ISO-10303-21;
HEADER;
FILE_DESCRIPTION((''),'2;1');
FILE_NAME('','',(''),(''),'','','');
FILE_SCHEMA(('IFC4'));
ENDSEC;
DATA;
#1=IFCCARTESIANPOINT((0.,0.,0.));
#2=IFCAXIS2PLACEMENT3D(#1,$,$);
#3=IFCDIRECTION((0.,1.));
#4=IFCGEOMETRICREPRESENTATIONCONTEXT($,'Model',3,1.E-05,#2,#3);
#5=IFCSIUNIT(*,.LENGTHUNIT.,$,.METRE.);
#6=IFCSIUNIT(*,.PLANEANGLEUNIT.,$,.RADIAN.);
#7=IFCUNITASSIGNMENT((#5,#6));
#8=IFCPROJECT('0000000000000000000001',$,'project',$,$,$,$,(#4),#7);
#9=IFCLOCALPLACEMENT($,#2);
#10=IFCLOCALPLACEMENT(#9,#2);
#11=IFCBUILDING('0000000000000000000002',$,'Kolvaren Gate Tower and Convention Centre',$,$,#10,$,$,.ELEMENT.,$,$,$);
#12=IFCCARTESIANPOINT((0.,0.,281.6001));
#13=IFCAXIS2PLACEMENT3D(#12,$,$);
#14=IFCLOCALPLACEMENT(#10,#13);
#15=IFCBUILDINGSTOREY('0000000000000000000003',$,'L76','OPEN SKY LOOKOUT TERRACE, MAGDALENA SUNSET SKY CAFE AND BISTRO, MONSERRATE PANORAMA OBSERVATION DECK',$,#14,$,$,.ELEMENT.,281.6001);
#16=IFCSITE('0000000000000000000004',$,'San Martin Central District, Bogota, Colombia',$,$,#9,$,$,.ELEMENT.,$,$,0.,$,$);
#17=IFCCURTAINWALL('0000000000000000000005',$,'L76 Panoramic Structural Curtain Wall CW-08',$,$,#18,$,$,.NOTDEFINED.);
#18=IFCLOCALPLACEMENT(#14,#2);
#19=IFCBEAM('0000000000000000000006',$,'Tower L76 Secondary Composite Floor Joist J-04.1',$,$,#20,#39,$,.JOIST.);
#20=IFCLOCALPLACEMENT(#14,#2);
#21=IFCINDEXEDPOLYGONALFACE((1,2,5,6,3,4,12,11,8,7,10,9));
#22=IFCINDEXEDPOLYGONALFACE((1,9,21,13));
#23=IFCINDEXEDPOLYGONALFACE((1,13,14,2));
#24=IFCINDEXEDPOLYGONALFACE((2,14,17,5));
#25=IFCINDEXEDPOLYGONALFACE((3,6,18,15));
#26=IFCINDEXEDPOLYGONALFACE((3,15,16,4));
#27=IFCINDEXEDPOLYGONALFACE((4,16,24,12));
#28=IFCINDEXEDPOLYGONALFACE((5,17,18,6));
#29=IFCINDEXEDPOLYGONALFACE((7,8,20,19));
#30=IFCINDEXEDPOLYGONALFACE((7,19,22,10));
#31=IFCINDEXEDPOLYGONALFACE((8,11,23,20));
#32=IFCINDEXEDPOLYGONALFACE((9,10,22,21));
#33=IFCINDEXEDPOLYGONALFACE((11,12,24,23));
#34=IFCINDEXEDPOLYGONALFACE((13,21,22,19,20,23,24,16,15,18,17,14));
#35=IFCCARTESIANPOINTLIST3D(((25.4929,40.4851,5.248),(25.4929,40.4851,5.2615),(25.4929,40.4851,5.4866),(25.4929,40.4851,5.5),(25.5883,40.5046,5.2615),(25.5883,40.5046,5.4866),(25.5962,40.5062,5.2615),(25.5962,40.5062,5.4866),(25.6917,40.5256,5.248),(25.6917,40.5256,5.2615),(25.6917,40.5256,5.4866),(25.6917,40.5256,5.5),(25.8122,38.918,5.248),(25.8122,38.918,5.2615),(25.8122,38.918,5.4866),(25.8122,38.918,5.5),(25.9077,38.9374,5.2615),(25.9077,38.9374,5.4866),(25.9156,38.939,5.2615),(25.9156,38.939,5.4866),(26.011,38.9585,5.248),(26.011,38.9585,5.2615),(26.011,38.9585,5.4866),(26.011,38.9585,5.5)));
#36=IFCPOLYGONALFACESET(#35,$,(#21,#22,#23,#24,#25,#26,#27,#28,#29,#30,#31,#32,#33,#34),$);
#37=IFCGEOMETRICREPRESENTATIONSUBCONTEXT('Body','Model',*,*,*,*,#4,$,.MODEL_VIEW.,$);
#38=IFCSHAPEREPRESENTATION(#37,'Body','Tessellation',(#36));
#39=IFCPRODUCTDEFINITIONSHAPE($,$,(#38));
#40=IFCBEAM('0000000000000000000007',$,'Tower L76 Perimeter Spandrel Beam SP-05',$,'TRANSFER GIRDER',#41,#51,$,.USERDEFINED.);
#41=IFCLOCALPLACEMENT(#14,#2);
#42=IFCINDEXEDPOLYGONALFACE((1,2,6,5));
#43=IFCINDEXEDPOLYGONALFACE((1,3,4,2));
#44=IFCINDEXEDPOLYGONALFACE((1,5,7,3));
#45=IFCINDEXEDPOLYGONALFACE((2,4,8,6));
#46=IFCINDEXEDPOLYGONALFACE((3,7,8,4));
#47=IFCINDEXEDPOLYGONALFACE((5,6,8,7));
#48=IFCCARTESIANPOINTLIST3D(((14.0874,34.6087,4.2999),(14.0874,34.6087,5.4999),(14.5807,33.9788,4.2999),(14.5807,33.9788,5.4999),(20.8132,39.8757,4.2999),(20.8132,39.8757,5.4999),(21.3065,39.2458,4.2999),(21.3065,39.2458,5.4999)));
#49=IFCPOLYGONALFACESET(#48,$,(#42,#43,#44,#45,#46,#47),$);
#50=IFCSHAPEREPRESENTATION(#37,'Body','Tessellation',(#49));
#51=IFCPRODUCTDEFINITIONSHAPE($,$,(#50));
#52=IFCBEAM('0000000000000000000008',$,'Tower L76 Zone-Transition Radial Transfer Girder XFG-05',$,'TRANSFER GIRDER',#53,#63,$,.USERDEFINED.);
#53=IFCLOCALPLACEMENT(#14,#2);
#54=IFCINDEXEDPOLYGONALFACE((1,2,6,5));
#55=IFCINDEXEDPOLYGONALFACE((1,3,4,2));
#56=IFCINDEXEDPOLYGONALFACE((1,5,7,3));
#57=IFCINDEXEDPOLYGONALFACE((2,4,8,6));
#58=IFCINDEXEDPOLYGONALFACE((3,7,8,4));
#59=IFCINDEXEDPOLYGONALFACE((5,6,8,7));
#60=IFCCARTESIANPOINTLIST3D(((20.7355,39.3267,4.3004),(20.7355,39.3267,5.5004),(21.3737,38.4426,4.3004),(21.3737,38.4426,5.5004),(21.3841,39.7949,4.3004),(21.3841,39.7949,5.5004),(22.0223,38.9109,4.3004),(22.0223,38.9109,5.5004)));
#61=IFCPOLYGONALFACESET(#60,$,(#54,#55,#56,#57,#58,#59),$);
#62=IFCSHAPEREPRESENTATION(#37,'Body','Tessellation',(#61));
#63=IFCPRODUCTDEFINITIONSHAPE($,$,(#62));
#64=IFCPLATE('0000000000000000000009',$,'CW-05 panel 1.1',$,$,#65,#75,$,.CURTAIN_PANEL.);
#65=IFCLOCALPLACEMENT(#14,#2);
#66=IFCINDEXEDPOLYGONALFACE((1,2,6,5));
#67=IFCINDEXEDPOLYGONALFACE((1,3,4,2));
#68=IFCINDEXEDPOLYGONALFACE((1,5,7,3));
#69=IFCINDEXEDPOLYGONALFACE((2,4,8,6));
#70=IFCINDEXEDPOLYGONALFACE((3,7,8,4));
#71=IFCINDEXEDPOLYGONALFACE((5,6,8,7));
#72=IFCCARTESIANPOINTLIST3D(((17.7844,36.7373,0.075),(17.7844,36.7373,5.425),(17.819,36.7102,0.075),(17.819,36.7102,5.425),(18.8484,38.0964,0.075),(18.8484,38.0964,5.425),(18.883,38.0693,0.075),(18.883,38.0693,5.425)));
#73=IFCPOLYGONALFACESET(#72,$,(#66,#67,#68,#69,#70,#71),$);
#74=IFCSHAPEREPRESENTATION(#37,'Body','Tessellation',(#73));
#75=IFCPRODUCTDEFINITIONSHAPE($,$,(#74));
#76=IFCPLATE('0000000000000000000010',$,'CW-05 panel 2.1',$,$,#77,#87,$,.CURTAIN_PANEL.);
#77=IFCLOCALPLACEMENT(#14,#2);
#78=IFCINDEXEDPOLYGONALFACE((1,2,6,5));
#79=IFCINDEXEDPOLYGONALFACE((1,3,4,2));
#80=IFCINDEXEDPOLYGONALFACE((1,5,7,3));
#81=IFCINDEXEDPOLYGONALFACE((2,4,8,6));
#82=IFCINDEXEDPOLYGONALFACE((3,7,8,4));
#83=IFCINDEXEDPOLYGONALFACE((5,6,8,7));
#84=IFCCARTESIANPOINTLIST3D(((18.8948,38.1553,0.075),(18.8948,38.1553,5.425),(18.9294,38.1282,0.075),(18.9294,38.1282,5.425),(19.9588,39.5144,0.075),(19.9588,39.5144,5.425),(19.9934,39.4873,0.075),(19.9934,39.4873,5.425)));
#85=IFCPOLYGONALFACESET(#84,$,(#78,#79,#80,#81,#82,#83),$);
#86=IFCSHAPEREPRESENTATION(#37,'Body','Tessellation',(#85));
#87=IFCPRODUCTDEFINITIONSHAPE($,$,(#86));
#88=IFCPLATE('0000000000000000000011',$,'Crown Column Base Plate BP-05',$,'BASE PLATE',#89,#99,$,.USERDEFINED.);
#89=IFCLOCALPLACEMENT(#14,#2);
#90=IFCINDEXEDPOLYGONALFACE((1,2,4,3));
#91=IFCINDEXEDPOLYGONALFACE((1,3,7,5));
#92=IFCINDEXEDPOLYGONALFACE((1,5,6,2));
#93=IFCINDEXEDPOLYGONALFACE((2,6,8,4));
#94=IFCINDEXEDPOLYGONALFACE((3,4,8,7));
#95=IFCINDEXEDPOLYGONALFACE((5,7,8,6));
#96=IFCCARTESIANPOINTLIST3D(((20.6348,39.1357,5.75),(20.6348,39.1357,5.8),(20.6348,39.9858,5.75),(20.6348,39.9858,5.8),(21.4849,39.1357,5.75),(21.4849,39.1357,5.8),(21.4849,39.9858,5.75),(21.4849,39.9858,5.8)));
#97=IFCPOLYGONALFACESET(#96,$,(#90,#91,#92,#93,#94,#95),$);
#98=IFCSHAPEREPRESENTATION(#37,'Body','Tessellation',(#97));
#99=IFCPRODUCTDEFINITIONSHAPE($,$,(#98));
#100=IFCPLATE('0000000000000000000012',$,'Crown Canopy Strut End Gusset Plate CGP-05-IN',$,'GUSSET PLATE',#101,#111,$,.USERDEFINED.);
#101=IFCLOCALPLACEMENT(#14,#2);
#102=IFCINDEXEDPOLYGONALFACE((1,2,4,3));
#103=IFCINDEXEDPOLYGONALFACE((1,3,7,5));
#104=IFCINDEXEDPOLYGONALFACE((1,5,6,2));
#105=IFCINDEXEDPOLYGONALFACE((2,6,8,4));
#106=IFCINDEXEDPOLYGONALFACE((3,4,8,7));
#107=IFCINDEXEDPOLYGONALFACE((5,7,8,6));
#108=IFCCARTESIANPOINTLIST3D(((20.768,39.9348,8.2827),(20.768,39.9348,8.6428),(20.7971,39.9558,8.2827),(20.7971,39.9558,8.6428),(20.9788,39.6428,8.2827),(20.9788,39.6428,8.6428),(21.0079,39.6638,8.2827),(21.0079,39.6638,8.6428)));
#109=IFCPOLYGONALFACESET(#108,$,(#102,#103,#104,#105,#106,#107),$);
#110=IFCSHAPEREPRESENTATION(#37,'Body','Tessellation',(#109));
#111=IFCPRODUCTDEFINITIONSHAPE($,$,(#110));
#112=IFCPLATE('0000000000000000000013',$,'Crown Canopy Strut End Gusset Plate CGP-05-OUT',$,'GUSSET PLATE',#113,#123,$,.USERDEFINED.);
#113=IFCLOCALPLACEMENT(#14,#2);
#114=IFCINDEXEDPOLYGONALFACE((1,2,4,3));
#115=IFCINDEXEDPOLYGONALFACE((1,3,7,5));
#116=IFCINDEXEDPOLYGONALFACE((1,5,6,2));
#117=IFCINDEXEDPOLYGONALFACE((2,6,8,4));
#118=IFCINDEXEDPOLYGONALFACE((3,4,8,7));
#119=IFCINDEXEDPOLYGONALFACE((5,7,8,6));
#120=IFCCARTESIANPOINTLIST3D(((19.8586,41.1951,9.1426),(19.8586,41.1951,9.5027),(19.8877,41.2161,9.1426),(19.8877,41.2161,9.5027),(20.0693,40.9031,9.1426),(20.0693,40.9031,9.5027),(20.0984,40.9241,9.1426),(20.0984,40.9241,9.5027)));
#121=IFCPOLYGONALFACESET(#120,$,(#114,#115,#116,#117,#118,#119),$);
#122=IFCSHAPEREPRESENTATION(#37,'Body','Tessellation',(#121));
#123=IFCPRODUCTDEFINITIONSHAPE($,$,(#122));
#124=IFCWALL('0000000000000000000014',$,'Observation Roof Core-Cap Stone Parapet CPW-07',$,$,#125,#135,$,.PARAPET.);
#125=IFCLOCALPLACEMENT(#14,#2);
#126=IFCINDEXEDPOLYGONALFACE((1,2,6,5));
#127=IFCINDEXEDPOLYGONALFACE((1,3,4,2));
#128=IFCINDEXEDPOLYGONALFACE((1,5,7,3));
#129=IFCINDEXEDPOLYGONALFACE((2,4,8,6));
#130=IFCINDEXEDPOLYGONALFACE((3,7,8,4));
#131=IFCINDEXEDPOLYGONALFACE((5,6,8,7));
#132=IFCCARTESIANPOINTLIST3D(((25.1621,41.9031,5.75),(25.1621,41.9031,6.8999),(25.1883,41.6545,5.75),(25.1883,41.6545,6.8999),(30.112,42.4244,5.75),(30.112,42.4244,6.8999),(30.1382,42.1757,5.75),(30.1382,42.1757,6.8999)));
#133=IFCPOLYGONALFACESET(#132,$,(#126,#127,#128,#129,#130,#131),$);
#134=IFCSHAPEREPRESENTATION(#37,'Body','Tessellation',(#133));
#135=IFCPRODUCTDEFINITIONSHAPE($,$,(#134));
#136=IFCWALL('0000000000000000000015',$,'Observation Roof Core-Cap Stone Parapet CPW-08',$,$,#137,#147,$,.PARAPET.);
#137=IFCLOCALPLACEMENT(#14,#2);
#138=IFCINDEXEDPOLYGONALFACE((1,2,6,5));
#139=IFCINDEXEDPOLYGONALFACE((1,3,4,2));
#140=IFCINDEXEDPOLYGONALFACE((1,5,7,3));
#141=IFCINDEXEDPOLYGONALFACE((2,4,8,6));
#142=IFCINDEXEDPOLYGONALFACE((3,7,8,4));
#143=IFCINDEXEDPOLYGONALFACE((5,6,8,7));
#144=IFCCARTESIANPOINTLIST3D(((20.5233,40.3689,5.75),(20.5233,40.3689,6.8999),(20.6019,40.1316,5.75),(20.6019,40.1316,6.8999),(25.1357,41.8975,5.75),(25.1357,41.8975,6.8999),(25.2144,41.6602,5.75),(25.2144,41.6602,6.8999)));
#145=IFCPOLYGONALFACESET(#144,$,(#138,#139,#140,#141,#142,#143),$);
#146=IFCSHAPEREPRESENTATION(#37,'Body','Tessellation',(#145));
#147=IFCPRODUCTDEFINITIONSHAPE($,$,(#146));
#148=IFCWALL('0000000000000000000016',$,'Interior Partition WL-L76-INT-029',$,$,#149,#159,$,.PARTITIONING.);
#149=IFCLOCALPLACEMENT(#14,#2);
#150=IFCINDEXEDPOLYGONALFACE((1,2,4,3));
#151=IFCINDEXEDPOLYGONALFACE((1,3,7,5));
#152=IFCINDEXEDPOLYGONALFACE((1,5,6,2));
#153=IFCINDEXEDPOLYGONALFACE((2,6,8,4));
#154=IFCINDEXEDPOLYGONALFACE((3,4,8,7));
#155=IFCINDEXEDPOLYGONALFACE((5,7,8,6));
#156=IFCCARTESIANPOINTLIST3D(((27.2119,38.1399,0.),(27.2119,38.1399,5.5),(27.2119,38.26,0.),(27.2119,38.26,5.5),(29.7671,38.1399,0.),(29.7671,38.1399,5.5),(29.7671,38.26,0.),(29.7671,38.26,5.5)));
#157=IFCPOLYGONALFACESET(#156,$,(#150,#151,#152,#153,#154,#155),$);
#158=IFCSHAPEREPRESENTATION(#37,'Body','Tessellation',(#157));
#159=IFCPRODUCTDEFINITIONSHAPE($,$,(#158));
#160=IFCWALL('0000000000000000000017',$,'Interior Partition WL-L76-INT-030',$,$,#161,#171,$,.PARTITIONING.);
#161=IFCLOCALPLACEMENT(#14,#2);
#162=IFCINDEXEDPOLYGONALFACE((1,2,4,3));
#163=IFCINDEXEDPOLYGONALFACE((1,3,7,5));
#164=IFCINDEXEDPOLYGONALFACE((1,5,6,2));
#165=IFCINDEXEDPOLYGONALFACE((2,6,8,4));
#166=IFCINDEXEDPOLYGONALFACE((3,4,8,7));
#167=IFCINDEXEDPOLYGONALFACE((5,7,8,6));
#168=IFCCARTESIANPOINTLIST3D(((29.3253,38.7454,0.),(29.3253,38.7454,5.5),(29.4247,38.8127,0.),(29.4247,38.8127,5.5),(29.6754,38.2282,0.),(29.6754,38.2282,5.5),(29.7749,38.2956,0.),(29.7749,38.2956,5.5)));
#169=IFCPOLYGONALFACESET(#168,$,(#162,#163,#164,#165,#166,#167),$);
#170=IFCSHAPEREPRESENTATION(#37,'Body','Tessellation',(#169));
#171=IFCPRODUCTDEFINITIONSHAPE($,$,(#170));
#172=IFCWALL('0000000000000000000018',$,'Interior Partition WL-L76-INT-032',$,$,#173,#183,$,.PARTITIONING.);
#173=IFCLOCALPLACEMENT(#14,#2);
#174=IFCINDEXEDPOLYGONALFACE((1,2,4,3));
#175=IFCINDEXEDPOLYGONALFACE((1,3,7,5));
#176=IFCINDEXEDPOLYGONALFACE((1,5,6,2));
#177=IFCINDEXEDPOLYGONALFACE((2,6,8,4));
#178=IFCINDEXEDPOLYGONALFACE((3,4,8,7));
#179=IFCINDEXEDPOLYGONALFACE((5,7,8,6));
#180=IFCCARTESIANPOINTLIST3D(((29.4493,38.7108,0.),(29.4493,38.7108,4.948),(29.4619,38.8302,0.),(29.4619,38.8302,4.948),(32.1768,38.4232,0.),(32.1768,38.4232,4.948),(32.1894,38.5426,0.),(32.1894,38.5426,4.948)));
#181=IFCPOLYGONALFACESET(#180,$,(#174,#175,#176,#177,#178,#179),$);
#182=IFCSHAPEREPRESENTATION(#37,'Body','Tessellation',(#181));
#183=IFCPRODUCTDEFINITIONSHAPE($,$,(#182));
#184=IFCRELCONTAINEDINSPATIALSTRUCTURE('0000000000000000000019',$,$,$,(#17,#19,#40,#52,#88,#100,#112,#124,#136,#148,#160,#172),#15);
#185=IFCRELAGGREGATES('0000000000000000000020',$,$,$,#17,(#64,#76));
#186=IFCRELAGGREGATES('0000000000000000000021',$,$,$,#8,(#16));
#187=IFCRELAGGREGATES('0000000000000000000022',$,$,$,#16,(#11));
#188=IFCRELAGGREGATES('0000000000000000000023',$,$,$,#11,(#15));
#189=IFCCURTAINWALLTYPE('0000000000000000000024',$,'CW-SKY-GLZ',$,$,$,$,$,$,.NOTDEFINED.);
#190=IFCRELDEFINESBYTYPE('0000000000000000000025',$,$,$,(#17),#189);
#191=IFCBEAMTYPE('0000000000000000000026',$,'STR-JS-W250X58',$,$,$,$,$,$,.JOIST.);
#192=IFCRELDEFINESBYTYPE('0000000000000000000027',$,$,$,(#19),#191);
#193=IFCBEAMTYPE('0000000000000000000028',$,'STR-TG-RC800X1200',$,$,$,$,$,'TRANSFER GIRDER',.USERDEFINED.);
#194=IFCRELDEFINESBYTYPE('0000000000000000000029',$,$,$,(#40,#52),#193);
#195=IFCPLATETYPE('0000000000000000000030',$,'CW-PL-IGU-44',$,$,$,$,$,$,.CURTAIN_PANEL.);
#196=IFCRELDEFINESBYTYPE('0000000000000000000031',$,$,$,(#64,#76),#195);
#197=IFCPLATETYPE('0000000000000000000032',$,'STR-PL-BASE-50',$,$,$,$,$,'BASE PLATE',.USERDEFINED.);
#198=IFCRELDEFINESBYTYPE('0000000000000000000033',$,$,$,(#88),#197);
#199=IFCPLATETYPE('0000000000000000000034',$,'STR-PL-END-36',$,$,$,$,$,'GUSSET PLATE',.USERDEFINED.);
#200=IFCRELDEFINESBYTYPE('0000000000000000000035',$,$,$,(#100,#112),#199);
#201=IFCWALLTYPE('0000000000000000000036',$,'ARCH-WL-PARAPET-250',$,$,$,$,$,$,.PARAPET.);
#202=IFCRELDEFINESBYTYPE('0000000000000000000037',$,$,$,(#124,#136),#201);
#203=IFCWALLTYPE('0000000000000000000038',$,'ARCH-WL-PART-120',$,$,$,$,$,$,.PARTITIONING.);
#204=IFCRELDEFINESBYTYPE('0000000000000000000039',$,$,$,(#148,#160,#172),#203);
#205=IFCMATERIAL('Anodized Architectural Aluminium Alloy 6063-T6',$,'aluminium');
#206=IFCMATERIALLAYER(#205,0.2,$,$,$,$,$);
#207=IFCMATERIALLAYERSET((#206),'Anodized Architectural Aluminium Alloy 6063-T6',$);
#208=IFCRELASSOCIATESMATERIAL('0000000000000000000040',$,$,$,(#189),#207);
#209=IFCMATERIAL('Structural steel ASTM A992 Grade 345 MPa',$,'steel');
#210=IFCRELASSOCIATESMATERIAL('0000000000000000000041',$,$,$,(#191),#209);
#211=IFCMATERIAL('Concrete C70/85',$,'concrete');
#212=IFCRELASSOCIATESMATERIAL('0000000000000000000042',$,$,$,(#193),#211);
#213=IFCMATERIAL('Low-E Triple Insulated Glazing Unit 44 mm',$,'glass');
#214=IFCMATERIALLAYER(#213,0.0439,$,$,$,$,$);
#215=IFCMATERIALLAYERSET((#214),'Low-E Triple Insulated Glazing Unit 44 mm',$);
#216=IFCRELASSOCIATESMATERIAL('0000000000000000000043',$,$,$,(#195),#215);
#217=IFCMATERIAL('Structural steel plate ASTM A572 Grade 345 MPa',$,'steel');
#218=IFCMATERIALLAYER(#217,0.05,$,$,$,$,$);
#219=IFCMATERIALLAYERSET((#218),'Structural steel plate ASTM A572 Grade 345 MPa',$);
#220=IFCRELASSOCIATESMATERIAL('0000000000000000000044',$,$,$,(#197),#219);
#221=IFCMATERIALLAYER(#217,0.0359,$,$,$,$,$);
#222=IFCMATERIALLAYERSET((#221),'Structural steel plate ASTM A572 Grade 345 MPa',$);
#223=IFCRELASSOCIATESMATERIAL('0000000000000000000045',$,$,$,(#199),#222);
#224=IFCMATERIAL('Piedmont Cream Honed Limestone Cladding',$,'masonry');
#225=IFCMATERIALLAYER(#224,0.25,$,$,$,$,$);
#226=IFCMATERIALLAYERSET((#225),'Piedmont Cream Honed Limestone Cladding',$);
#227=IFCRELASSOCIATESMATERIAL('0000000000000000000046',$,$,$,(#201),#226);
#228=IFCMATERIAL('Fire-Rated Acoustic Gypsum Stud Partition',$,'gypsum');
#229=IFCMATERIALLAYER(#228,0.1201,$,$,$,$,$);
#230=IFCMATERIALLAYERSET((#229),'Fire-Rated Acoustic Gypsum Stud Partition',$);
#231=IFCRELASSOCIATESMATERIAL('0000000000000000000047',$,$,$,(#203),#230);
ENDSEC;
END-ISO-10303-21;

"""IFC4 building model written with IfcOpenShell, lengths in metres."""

from ifc_helpers import new_model, si_unit, direction, frame, frame_2d, origin, origin_2d, place, context, subcontext, project, spatial, rectangle, i_section, extrude, material, layer, layer_set, material_profile, profile_set, type_object, element, aggregate, save


model = new_model("IFC4")

# Units and contexts
model_context = context("Model", 3, precision=1e-05, world=origin(), true_north=direction((0.0, 1.0)))
body_context = subcontext(model_context, "Body", "Model", "MODEL_VIEW")
ifc_project = project(units=[si_unit("LENGTHUNIT", "METRE"), si_unit("PLANEANGLEUNIT", "RADIAN")], contexts=[model_context])

# Site, building, storey
site_placement = place(None, origin())
site = spatial("IfcSite", under=ifc_project, at=site_placement, Name="San Martin Central District, Bogota, Colombia", CompositionType="ELEMENT", RefElevation=0.0)
building_placement = place(site_placement, origin())
building = spatial("IfcBuilding", under=site, at=building_placement, Name="Kolvaren Gate Tower and Convention Centre", CompositionType="ELEMENT")
storey_placement = place(building_placement, frame((0.0, 0.0, 281.6001)))
storey = spatial("IfcBuildingStorey", under=building, at=storey_placement, Name="L76", Description="OPEN SKY LOOKOUT TERRACE, MAGDALENA SUNSET SKY CAFE AND BISTRO, MONSERRATE PANORAMA OBSERVATION DECK", CompositionType="ELEMENT", Elevation=281.6001)

# Curtain wall
ifc_material_1 = material(Name="Anodized Architectural Aluminium Alloy 6063-T6", Category="aluminium")
ifc_layer_1 = layer(ifc_material_1, 0.2)
ifc_layer_set_1 = layer_set([ifc_layer_1], Name="Anodized Architectural Aluminium Alloy 6063-T6")
curtain_wall_type = type_object("IfcCurtainWallType", Name="CW-SKY-GLZ", PredefinedType="NOTDEFINED", material=ifc_layer_set_1)
curtain_wall_placement = place(storey_placement, origin())
curtain_wall = element("IfcCurtainWall", 1, at=curtain_wall_placement, inside=storey, type_object=curtain_wall_type, Name="L76 Panoramic Structural Curtain Wall CW-08", PredefinedType="NOTDEFINED")

# Beams
ifc_material_2 = material(Name="Structural steel ASTM A992 Grade 345 MPa", Category="steel")
ifc_material_profile_1 = material_profile(ifc_material_2, i_section(OverallWidth=0.2029, OverallDepth=0.252, WebThickness=0.0081, FlangeThickness=0.0134, at=origin_2d()), Name="W250X58")
ifc_profile_set_1 = profile_set([ifc_material_profile_1], Name="Structural steel ASTM A992 Grade 345 MPa")
beam_type_1 = type_object("IfcBeamType", Name="STR-JS-W250X58", PredefinedType="JOIST", material=ifc_profile_set_1)
beam_1_placement = place(storey_placement, frame((25.9116, 38.9382, 5.374), z_axis=(-0.199667, 0.979864, 0.0), x_axis=(-0.979864, -0.199667, 0.0)))
element("IfcBeam", 2, at=beam_1_placement, inside=storey, type_object=beam_type_1, Name="Tower L76 Secondary Composite Floor Joist J-04.1", PredefinedType="JOIST", context=body_context, shape_type="SweptSolid", body=[
    extrude(i_section(OverallWidth=0.2029, OverallDepth=0.252, WebThickness=0.0081, FlangeThickness=0.0134, at=origin_2d()), origin(), (0.0, 0.0, 1.0), 1.5994),
])
ifc_material_3 = material(Name="Concrete C70/85", Category="concrete")
ifc_material_profile_2 = material_profile(ifc_material_3, rectangle(XDim=0.8, YDim=1.2, at=origin_2d()), Name="RC-BM-800X1200")
ifc_profile_set_2 = profile_set([ifc_material_profile_2], Name="Concrete C70/85")
beam_type_2 = type_object("IfcBeamType", Name="STR-TG-RC800X1200", ElementType="TRANSFER GIRDER", PredefinedType="USERDEFINED", material=ifc_profile_set_2)
beam_2_placement = place(storey_placement, frame((21.0598, 39.5608, 4.8999), z_axis=(-0.787312, -0.616555, 0.0), x_axis=(0.616555, -0.787312, 0.0)))
element("IfcBeam", 3, at=beam_2_placement, inside=storey, type_object=beam_type_2, Name="Tower L76 Perimeter Spandrel Beam SP-05", ObjectType="TRANSFER GIRDER", PredefinedType="USERDEFINED", context=body_context, shape_type="SweptSolid", body=[
    extrude(rectangle(XDim=0.8, YDim=1.2, at=origin_2d()), origin(), (0.0, 0.0, 1.0), 8.5427),
])
beam_3_placement = place(storey_placement, frame((21.698, 38.6768, 4.9004), z_axis=(-0.585319, 0.810803, 0.0), x_axis=(-0.810803, -0.585319, 0.0)))
element("IfcBeam", 4, at=beam_3_placement, inside=storey, type_object=beam_type_2, Name="Tower L76 Zone-Transition Radial Transfer Girder XFG-05", ObjectType="TRANSFER GIRDER", PredefinedType="USERDEFINED", context=body_context, shape_type="SweptSolid", body=[
    extrude(rectangle(XDim=0.8, YDim=1.2, at=origin_2d()), origin(), (0.0, 0.0, 1.0), 1.0903),
])

# Plates
ifc_material_4 = material(Name="Low-E Triple Insulated Glazing Unit 44 mm", Category="glass")
ifc_layer_2 = layer(ifc_material_4, 0.0439)
ifc_layer_set_2 = layer_set([ifc_layer_2], Name="Low-E Triple Insulated Glazing Unit 44 mm")
plate_type_1 = type_object("IfcPlateType", Name="CW-PL-IGU-44", PredefinedType="CURTAIN_PANEL", material=ifc_layer_set_2)
plate_1_placement = place(storey_placement, frame((18.3337, 37.4033, 0.075), z_axis=(0.0, 0.0, 1.0), x_axis=(0.616429, 0.787411, 0.0)))
plate_1 = element("IfcPlate", 5, at=plate_1_placement, type_object=plate_type_1, Name="CW-05 panel 1.1", PredefinedType="CURTAIN_PANEL", context=body_context, shape_type="SweptSolid", body=[
    extrude(rectangle(XDim=1.7261, YDim=0.0439, at=origin_2d()), origin(), (0.0, 0.0, 1.0), 5.3501),
])
plate_2_placement = place(storey_placement, frame((19.4441, 38.8213, 0.075), z_axis=(0.0, 0.0, 1.0), x_axis=(0.616429, 0.787411, 0.0)))
plate_2 = element("IfcPlate", 6, at=plate_2_placement, type_object=plate_type_1, Name="CW-05 panel 2.1", PredefinedType="CURTAIN_PANEL", context=body_context, shape_type="SweptSolid", body=[
    extrude(rectangle(XDim=1.7261, YDim=0.0439, at=origin_2d()), origin(), (0.0, 0.0, 1.0), 5.3501),
])
aggregate(curtain_wall, [plate_1, plate_2])

# Plates
ifc_material_5 = material(Name="Structural steel plate ASTM A572 Grade 345 MPa", Category="steel")
ifc_layer_3 = layer(ifc_material_5, 0.05)
ifc_layer_set_3 = layer_set([ifc_layer_3], Name="Structural steel plate ASTM A572 Grade 345 MPa")
plate_type_2 = type_object("IfcPlateType", Name="STR-PL-BASE-50", ElementType="BASE PLATE", PredefinedType="USERDEFINED", material=ifc_layer_set_3)
plate_3_placement = place(storey_placement, frame((21.0598, 39.5608, 5.75), z_axis=(0.0, 0.0, 1.0), x_axis=(1.0, 0.0, 0.0)))
element("IfcPlate", 7, at=plate_3_placement, inside=storey, type_object=plate_type_2, Name="Crown Column Base Plate BP-05", ObjectType="BASE PLATE", PredefinedType="USERDEFINED", context=body_context, shape_type="SweptSolid", body=[
    extrude(rectangle(XDim=0.8501, YDim=0.8501, at=origin_2d()), origin(), (0.0, 0.0, 1.0), 0.05),
])
ifc_layer_4 = layer(ifc_material_5, 0.0359)
ifc_layer_set_4 = layer_set([ifc_layer_4], Name="Structural steel plate ASTM A572 Grade 345 MPa")
plate_type_3 = type_object("IfcPlateType", Name="STR-PL-END-36", ElementType="GUSSET PLATE", PredefinedType="USERDEFINED", material=ifc_layer_set_4)
for number, where, z_axis, x_axis, name in (
    (8, (20.8879, 39.7993, 8.2827), (0.0, 0.0, 1.0), (-0.585186, 0.810899, 0.0), "Crown Canopy Strut End Gusset Plate CGP-05-IN"),
    (9, (19.9785, 41.0596, 9.1426), (0.0, 0.0, 1.0), (-0.585186, 0.810899, 0.0), "Crown Canopy Strut End Gusset Plate CGP-05-OUT"),
):
    element("IfcPlate", number, at=place(storey_placement, frame(where, z_axis=z_axis, x_axis=x_axis)), inside=storey, type_object=plate_type_3, Name=name, ObjectType="GUSSET PLATE", PredefinedType="USERDEFINED", context=body_context, shape_type="SweptSolid", body=[
        extrude(rectangle(XDim=0.3601, YDim=0.0359, at=origin_2d()), origin(), (0.0, 0.0, 1.0), 0.3601),
    ])

# Walls
ifc_material_6 = material(Name="Piedmont Cream Honed Limestone Cladding", Category="masonry")
ifc_layer_5 = layer(ifc_material_6, 0.25)
ifc_layer_set_5 = layer_set([ifc_layer_5], Name="Piedmont Cream Honed Limestone Cladding")
wall_type_1 = type_object("IfcWallType", Name="ARCH-WL-PARAPET-250", PredefinedType="PARAPET", material=ifc_layer_set_5)
wall_1_placement = place(storey_placement, frame((25.175, 41.7788, 5.75), z_axis=(0.0, 0.0, 1.0), x_axis=(0.994501, 0.104723, 0.0)))
element("IfcWall", 10, at=wall_1_placement, inside=storey, type_object=wall_type_1, Name="Observation Roof Core-Cap Stone Parapet CPW-07", PredefinedType="PARAPET", context=body_context, shape_type="SweptSolid", body=[
    extrude(rectangle(XDim=4.9773, YDim=0.25, at=frame_2d((2.4888, 0.0))), origin(), (0.0, 0.0, 1.0), 1.1499),
])
wall_2_placement = place(storey_placement, frame((20.5625, 40.2502, 5.75), z_axis=(0.0, 0.0, 1.0), x_axis=(0.949235, 0.314569, 0.0)))
element("IfcWall", 11, at=wall_2_placement, inside=storey, type_object=wall_type_1, Name="Observation Roof Core-Cap Stone Parapet CPW-08", PredefinedType="PARAPET", context=body_context, shape_type="SweptSolid", body=[
    extrude(rectangle(XDim=4.8591, YDim=0.25, at=frame_2d((2.4297, 0.0))), origin(), (0.0, 0.0, 1.0), 1.1499),
])
ifc_material_7 = material(Name="Fire-Rated Acoustic Gypsum Stud Partition", Category="gypsum")
ifc_layer_6 = layer(ifc_material_7, 0.1201)
ifc_layer_set_6 = layer_set([ifc_layer_6], Name="Fire-Rated Acoustic Gypsum Stud Partition")
wall_type_2 = type_object("IfcWallType", Name="ARCH-WL-PART-120", PredefinedType="PARTITIONING", material=ifc_layer_set_6)
wall_3_placement = place(storey_placement, frame((27.2119, 38.2, 0.0), z_axis=(0.0, 0.0, 1.0), x_axis=(1.0, 0.0, 0.0)))
element("IfcWall", 12, at=wall_3_placement, inside=storey, type_object=wall_type_2, Name="Interior Partition WL-L76-INT-029", PredefinedType="PARTITIONING", context=body_context, shape_type="SweptSolid", body=[
    extrude(rectangle(XDim=2.5552, YDim=0.1201, at=frame_2d((1.2776, 0.0))), origin(), (0.0, 0.0, 1.0), 5.5),
])
wall_4_placement = place(storey_placement, frame((29.375, 38.7791, 0.0), z_axis=(0.0, 0.0, 1.0), x_axis=(0.560641, -0.828059, 0.0)))
element("IfcWall", 13, at=wall_4_placement, inside=storey, type_object=wall_type_2, Name="Interior Partition WL-L76-INT-030", PredefinedType="PARTITIONING", context=body_context, shape_type="SweptSolid", body=[
    extrude(rectangle(XDim=0.6245, YDim=0.1201, at=frame_2d((0.3123, 0.0))), origin(), (0.0, 0.0, 1.0), 5.5),
])
wall_5_placement = place(storey_placement, frame((29.4556, 38.7705, 0.0), z_axis=(0.0, 0.0, 1.0), x_axis=(0.994487, -0.104861, 0.0)))
element("IfcWall", 14, at=wall_5_placement, inside=storey, type_object=wall_type_2, Name="Interior Partition WL-L76-INT-032", PredefinedType="PARTITIONING", context=body_context, shape_type="SweptSolid", body=[
    extrude(rectangle(XDim=2.7427, YDim=0.1201, at=frame_2d((1.3713, 0.0))), origin(), (0.0, 0.0, 1.0), 4.948),
])

save(model, "model.ifc")
